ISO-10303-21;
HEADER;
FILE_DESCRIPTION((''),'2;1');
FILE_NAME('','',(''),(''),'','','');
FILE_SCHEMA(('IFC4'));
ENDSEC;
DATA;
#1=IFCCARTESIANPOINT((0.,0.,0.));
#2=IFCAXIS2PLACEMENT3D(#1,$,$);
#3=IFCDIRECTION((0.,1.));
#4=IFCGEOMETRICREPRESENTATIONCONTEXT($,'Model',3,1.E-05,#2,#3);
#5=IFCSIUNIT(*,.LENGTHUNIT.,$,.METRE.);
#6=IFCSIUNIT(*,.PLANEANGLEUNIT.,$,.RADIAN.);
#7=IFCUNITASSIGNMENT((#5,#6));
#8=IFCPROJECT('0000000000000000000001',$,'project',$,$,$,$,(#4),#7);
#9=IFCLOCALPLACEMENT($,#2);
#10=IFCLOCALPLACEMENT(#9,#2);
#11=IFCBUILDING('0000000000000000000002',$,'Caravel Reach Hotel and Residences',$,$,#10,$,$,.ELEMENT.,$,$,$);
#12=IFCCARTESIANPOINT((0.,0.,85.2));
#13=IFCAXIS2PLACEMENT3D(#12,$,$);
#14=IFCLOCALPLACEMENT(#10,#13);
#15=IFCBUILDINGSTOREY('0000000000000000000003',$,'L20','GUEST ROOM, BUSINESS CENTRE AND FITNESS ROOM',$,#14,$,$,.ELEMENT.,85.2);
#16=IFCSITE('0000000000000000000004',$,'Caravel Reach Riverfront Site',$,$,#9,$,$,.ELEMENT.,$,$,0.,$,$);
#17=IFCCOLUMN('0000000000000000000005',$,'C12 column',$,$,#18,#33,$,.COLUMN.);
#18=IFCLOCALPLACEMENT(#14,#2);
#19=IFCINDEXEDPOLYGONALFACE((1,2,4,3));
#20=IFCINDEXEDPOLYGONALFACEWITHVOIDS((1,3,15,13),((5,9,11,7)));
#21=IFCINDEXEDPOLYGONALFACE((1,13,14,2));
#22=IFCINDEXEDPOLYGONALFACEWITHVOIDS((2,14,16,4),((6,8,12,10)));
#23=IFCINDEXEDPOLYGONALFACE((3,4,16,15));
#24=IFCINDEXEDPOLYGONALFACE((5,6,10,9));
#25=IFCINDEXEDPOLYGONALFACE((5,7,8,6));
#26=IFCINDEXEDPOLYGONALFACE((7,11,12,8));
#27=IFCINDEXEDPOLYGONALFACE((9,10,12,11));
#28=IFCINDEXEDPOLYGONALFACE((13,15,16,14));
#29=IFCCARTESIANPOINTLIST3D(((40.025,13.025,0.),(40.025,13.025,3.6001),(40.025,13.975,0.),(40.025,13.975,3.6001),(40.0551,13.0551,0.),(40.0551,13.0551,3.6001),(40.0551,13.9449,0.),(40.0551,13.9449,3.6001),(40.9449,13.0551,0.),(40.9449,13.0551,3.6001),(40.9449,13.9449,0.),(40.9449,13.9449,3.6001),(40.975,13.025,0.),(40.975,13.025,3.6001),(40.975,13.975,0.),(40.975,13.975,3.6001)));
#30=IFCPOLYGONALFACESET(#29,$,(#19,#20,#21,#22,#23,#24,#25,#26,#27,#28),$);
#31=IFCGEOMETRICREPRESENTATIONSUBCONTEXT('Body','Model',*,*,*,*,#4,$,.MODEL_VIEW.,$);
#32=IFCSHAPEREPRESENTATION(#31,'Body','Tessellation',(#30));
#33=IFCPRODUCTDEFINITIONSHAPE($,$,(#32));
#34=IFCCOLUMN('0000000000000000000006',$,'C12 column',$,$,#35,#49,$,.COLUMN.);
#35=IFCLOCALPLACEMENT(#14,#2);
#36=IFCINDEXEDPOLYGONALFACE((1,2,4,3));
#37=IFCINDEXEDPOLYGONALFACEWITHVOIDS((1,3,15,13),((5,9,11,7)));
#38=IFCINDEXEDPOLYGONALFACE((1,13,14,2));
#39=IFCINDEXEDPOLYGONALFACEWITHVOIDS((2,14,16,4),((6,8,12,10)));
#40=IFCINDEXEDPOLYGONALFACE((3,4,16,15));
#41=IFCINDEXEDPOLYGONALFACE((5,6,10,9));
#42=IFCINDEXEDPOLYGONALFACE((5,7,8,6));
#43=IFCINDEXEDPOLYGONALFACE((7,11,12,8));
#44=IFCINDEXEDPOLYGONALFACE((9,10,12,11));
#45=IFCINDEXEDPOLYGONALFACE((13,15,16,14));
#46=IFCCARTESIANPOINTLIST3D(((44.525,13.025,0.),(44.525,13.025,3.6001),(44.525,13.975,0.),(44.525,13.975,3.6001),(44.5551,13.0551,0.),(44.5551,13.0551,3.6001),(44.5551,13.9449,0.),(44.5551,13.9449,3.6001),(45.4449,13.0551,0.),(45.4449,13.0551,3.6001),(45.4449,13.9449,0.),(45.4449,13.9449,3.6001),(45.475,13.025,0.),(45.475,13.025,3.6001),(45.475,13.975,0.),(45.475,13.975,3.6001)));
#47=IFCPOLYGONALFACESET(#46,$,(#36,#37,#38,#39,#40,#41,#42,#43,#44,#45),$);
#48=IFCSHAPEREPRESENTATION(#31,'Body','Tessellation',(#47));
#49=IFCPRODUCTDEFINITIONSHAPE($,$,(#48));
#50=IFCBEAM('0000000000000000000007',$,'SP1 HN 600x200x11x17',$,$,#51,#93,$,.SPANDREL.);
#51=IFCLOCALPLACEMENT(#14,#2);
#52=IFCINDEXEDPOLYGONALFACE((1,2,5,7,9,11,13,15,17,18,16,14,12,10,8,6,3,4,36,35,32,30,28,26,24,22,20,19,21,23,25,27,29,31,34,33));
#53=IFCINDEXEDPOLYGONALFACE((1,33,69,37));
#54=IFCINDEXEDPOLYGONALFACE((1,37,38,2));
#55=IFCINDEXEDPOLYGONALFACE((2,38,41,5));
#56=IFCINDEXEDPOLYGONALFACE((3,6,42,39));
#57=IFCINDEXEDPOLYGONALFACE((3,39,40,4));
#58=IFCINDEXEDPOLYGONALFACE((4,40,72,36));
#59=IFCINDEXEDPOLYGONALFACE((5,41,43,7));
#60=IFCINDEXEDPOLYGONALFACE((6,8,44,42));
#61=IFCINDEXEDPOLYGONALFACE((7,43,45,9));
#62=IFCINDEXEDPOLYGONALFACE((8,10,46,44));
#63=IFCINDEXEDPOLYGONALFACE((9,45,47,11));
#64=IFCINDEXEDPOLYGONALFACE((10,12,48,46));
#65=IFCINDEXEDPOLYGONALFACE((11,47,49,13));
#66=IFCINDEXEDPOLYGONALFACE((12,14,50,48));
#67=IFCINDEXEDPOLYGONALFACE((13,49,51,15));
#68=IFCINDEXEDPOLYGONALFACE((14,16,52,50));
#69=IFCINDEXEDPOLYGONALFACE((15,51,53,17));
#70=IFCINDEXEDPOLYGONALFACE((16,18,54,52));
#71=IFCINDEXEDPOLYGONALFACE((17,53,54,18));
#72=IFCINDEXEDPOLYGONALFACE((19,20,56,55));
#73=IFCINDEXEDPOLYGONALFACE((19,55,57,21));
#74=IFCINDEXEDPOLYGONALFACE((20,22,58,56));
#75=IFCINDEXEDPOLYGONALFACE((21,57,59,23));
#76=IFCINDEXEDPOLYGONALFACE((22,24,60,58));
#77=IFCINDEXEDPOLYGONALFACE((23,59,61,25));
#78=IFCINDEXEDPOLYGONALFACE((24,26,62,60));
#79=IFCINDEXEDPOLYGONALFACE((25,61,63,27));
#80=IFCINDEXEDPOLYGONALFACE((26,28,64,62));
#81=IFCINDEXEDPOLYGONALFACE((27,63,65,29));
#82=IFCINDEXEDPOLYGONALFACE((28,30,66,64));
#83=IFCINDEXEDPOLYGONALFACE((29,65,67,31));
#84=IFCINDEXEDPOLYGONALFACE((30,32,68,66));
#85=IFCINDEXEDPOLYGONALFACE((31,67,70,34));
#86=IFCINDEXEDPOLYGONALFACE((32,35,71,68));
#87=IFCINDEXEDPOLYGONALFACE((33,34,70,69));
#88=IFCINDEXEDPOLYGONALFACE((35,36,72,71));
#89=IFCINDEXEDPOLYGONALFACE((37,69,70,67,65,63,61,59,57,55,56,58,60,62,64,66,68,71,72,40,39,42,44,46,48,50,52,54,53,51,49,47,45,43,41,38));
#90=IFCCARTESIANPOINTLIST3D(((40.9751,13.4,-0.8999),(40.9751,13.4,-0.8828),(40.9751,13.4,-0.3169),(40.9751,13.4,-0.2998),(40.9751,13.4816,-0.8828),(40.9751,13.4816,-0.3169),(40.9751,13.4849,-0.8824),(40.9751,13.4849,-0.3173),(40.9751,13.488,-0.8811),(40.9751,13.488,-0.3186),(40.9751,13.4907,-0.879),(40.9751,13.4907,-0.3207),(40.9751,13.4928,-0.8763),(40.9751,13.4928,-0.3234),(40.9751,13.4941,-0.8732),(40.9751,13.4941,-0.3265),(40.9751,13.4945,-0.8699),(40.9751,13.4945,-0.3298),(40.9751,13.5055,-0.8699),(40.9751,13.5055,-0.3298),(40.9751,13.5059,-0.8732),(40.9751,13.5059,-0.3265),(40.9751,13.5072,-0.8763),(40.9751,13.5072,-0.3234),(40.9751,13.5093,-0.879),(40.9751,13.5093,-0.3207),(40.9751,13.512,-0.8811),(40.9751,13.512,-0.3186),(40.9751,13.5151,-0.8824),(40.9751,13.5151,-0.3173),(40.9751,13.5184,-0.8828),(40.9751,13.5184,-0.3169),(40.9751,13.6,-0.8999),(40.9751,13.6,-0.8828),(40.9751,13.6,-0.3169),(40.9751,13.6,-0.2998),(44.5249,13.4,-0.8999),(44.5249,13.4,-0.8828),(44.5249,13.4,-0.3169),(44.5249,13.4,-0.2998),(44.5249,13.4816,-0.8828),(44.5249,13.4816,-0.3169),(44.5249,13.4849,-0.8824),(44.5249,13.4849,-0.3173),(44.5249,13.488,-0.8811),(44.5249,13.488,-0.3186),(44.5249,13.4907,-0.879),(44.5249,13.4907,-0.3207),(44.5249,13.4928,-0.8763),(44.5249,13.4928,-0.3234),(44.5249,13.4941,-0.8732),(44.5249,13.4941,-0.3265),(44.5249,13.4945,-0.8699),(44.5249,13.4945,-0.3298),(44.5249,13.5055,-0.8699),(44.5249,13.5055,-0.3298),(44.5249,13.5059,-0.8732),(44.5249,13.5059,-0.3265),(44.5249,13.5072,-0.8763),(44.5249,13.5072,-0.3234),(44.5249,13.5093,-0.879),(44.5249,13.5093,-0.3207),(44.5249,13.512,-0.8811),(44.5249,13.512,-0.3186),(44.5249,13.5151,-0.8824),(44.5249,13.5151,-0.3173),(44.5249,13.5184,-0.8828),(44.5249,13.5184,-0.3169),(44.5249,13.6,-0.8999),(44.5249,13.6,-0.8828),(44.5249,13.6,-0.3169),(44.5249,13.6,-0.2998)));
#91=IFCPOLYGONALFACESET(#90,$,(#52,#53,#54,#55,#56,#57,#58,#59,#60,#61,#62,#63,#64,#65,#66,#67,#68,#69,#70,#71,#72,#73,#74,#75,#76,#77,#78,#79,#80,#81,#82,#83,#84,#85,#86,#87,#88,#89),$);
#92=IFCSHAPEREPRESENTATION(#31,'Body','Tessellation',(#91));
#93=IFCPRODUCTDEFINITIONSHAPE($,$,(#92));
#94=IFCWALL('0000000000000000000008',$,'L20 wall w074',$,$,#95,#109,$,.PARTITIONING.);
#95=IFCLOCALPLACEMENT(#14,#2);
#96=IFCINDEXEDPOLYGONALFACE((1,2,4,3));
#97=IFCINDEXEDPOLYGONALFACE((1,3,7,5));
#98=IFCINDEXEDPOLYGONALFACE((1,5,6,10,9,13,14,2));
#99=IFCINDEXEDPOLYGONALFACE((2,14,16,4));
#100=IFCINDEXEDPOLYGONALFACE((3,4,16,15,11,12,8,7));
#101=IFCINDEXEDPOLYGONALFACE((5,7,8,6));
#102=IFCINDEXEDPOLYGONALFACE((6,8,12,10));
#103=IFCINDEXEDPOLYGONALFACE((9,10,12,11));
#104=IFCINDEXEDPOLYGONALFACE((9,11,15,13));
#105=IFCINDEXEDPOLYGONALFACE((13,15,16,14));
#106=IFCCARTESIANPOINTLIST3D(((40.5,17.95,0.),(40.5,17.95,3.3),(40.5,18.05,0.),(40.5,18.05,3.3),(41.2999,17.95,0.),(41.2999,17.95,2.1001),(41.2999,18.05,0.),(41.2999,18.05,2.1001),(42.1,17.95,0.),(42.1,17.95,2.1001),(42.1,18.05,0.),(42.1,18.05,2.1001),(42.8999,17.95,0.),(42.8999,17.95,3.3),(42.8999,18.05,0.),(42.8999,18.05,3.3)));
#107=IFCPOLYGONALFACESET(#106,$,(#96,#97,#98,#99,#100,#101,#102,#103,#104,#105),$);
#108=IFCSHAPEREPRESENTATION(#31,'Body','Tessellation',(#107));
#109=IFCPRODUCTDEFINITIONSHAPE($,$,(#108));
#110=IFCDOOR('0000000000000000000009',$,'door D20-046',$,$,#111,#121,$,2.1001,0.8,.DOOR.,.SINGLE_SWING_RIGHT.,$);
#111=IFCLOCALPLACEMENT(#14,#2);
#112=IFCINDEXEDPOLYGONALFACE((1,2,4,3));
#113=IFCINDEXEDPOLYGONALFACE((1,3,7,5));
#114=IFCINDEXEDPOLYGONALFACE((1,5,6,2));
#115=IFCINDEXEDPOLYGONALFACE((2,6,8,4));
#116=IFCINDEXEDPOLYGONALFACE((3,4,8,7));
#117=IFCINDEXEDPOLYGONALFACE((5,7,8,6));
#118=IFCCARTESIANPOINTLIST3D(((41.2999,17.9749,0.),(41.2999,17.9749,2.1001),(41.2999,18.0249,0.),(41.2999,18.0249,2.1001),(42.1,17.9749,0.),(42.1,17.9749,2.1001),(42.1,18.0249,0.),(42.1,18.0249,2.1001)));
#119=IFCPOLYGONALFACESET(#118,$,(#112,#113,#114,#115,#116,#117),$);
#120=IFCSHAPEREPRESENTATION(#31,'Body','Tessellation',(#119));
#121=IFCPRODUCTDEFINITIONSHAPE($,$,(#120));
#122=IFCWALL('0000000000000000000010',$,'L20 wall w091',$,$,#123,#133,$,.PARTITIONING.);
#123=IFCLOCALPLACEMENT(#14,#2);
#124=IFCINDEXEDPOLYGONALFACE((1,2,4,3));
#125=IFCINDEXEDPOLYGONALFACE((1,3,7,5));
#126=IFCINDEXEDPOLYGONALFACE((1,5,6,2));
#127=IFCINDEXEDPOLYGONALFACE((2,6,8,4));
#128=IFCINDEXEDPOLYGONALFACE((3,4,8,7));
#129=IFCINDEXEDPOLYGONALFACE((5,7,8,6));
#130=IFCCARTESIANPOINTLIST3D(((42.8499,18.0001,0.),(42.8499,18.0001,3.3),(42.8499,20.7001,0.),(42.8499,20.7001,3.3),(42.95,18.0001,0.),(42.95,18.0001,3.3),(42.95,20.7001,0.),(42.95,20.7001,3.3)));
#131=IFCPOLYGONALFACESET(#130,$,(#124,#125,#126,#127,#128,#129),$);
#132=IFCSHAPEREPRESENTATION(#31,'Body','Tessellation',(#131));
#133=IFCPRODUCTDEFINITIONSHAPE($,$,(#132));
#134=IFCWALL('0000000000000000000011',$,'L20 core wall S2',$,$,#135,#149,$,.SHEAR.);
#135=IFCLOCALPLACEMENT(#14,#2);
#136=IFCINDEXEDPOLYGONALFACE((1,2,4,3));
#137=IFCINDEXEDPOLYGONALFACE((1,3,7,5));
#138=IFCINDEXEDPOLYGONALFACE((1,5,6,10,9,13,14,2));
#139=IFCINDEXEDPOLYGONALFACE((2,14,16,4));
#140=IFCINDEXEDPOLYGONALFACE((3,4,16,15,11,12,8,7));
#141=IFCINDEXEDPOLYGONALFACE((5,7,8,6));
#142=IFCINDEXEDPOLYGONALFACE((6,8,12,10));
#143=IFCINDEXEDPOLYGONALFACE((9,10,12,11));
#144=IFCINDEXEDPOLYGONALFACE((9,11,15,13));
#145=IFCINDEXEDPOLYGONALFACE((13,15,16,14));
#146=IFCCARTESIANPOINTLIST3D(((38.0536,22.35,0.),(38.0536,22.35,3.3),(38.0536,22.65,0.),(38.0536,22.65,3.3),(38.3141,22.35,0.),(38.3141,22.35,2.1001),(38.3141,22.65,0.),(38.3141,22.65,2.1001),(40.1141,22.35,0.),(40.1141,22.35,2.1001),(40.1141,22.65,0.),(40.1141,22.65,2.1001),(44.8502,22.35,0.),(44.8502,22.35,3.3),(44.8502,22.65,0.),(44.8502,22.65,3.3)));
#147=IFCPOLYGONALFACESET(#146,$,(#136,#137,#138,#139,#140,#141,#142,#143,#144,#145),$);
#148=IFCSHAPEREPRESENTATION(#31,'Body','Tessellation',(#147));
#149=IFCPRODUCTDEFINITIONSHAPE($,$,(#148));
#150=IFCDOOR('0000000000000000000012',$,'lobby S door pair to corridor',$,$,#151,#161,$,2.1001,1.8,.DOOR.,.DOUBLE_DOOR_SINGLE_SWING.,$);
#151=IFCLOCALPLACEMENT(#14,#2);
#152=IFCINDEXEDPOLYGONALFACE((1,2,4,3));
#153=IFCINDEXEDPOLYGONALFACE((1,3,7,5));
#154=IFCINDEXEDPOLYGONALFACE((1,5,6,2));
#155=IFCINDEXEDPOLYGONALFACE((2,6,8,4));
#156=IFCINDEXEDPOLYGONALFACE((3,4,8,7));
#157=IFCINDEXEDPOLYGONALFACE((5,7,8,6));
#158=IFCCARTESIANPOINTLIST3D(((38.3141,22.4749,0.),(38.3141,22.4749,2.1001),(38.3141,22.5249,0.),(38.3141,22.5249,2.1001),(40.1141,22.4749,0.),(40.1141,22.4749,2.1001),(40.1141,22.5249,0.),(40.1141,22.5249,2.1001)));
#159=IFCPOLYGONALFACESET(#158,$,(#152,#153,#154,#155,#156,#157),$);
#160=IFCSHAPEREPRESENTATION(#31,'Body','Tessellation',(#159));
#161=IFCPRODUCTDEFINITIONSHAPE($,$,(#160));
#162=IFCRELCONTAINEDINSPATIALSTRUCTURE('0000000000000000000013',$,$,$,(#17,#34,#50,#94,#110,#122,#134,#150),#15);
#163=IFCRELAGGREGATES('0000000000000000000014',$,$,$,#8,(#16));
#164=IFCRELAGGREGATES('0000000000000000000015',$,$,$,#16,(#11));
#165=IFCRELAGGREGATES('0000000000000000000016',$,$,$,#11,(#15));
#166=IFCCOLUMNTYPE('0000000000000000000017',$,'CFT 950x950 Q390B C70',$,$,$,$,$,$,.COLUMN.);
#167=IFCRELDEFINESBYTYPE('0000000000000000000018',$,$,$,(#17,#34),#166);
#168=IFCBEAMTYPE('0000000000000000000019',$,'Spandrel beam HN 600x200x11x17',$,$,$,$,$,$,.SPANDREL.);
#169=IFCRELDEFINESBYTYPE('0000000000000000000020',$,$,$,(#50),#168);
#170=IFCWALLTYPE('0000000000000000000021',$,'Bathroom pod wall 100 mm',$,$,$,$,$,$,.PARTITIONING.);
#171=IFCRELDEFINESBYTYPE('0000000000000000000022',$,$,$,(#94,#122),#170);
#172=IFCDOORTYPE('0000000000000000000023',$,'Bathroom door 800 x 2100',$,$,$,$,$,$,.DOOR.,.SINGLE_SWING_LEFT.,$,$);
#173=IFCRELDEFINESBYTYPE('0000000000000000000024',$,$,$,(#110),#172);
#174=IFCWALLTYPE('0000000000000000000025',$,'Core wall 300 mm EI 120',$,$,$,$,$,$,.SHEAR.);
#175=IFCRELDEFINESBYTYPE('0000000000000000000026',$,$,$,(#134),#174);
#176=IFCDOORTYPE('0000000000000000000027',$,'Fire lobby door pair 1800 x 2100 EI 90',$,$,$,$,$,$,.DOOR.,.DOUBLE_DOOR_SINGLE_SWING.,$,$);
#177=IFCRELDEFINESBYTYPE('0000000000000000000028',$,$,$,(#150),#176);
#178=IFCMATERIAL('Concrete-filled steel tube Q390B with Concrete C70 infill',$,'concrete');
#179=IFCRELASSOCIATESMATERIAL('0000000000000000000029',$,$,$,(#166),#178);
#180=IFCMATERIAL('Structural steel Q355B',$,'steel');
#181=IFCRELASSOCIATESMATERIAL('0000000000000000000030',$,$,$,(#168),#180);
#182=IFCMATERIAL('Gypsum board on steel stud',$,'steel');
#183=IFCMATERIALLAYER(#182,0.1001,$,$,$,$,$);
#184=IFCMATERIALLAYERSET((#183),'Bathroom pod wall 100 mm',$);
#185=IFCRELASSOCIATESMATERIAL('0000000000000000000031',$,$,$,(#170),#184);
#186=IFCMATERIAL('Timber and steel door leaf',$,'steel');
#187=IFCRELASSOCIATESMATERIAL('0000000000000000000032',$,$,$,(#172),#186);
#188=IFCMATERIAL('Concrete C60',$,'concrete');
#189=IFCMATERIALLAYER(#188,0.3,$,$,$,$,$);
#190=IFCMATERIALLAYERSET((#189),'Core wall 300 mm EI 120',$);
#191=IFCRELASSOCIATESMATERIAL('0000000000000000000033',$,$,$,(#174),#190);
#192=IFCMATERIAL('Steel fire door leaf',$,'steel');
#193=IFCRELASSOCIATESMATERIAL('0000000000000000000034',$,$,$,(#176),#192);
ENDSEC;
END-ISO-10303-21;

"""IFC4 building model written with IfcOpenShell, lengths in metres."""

from ifc_helpers import new_model, si_unit, direction, frame, frame_2d, origin, origin_2d, place, context, subcontext, project, spatial, rectangle, hollow_rectangle, i_section, extrude, material, layer, layer_set, material_profile, profile_set, type_object, element, fill, save


model = new_model("IFC4")

# Units and contexts
model_context = context("Model", 3, precision=1e-05, world=origin(), true_north=direction((0.0, 1.0)))
body_context = subcontext(model_context, "Body", "Model", "MODEL_VIEW")
ifc_project = project(units=[si_unit("LENGTHUNIT", "METRE"), si_unit("PLANEANGLEUNIT", "RADIAN")], contexts=[model_context])

# Site, building, storey
site_placement = place(None, origin())
site = spatial("IfcSite", under=ifc_project, at=site_placement, Name="Caravel Reach Riverfront Site", CompositionType="ELEMENT", RefElevation=0.0)
building_placement = place(site_placement, origin())
building = spatial("IfcBuilding", under=site, at=building_placement, Name="Caravel Reach Hotel and Residences", CompositionType="ELEMENT")
storey_placement = place(building_placement, frame((0.0, 0.0, 85.2)))
storey = spatial("IfcBuildingStorey", under=building, at=storey_placement, Name="L20", Description="GUEST ROOM, BUSINESS CENTRE AND FITNESS ROOM", CompositionType="ELEMENT", Elevation=85.2)

# Columns
ifc_material_1 = material(Name="Concrete-filled steel tube Q390B with Concrete C70 infill", Category="concrete")
ifc_material_profile_1 = material_profile(ifc_material_1, hollow_rectangle(XDim=0.95, YDim=0.95, WallThickness=0.03, at=origin_2d()), Name="RHS 950x950x30")
ifc_profile_set_1 = profile_set([ifc_material_profile_1], Name="Concrete-filled steel tube Q390B with Concrete C70 infill")
column_type = type_object("IfcColumnType", Name="CFT 950x950 Q390B C70", PredefinedType="COLUMN", material=ifc_profile_set_1)
for number, where, z_axis, x_axis, name in (
    (1, (40.5, 13.5, 0.0), (0.0, 0.0, 1.0), (1.0, 0.0, 0.0), "C12 column"),
    (2, (45.0, 13.5, 0.0), (0.0, 0.0, 1.0), (1.0, 0.0, 0.0), "C12 column"),
):
    element("IfcColumn", number, at=place(storey_placement, frame(where, z_axis=z_axis, x_axis=x_axis)), inside=storey, type_object=column_type, Name=name, PredefinedType="COLUMN", context=body_context, shape_type="SweptSolid", body=[
        extrude(hollow_rectangle(XDim=0.95, YDim=0.95, WallThickness=0.03, at=origin_2d()), origin(), (0.0, 0.0, 1.0), 3.6001),
    ])

# Beam
ifc_material_2 = material(Name="Structural steel Q355B", Category="steel")
ifc_material_profile_2 = material_profile(ifc_material_2, i_section(OverallWidth=0.2, OverallDepth=0.6001, WebThickness=0.011, FlangeThickness=0.0171, FilletRadius=0.0129, at=origin_2d()), Name="HN 600x200x11x17")
ifc_profile_set_2 = profile_set([ifc_material_profile_2], Name="Structural steel Q355B")
beam_type = type_object("IfcBeamType", Name="Spandrel beam HN 600x200x11x17", PredefinedType="SPANDREL", material=ifc_profile_set_2)
beam_placement = place(storey_placement, frame((40.9751, 13.5, -0.5999), z_axis=(1.0, 0.0, 0.0), x_axis=(0.0, 1.0, 0.0)))
element("IfcBeam", 3, at=beam_placement, inside=storey, type_object=beam_type, Name="SP1 HN 600x200x11x17", PredefinedType="SPANDREL", context=body_context, shape_type="SweptSolid", body=[
    extrude(i_section(OverallWidth=0.2, OverallDepth=0.6001, WebThickness=0.011, FlangeThickness=0.0171, FilletRadius=0.0129, at=origin_2d()), origin(), (0.0, 0.0, 1.0), 3.5498),
])

# Wall, opening, door
ifc_material_3 = material(Name="Gypsum board on steel stud", Category="steel")
ifc_layer_1 = layer(ifc_material_3, 0.1001)
ifc_layer_set_1 = layer_set([ifc_layer_1], Name="Bathroom pod wall 100 mm")
wall_type_1 = type_object("IfcWallType", Name="Bathroom pod wall 100 mm", PredefinedType="PARTITIONING", material=ifc_layer_set_1)
wall_1_placement = place(storey_placement, frame((40.5, 18.0, 0.0), z_axis=(0.0, 0.0, 1.0), x_axis=(1.0, 0.0, 0.0)))
wall_1 = element("IfcWall", 4, at=wall_1_placement, inside=storey, type_object=wall_type_1, Name="L20 wall w074", PredefinedType="PARTITIONING", context=body_context, shape_type="SweptSolid", body=[
    extrude(rectangle(XDim=2.3999, YDim=0.1001, at=frame_2d((1.2, 0.0))), origin(), (0.0, 0.0, 1.0), 3.3),
])
opening_1_placement = place(wall_1_placement, frame((0.8, 0.0, 0.0)))
opening_1 = element("IfcOpeningElement", 5, at=opening_1_placement, cuts=wall_1, PredefinedType="OPENING", context=body_context, shape_type="SweptSolid", body=[
    extrude(rectangle(XDim=0.8, YDim=2.1001, at=frame_2d((0.3999, 1.05))), frame((0.0, 0.0601, 0.0), z_axis=(0.0, -1.0, 0.0), x_axis=(1.0, 0.0, 0.0)), (0.0, 0.0, 1.0), 0.1201),
])
ifc_material_4 = material(Name="Timber and steel door leaf", Category="steel")
door_type_1 = type_object("IfcDoorType", Name="Bathroom door 800 x 2100", OperationType="SINGLE_SWING_LEFT", PredefinedType="DOOR", material=ifc_material_4)
door_1_placement = place(opening_1_placement, origin())
door_1 = element("IfcDoor", 6, at=door_1_placement, inside=storey, type_object=door_type_1, Name="door D20-046", OperationType="SINGLE_SWING_RIGHT", OverallHeight=2.1001, OverallWidth=0.8, PredefinedType="DOOR", context=body_context, shape_type="SweptSolid", body=[
    extrude(rectangle(XDim=0.8, YDim=2.1001, at=frame_2d((0.3999, 1.05))), frame((0.0, 0.0249, 0.0), z_axis=(0.0, -1.0, 0.0), x_axis=(1.0, 0.0, 0.0)), (0.0, 0.0, 1.0), 0.05),
])
fill(opening_1, door_1)

# Wall
wall_2_placement = place(storey_placement, frame((42.8999, 18.0, 0.0), z_axis=(0.0, 0.0, 1.0), x_axis=(0.0, 1.0, 0.0)))
element("IfcWall", 7, at=wall_2_placement, inside=storey, type_object=wall_type_1, Name="L20 wall w091", PredefinedType="PARTITIONING", context=body_context, shape_type="SweptSolid", body=[
    extrude(rectangle(XDim=2.7, YDim=0.1001, at=frame_2d((1.3501, 0.0))), origin(), (0.0, 0.0, 1.0), 3.3),
])

# Wall, opening, door
ifc_material_5 = material(Name="Concrete C60", Category="concrete")
ifc_layer_2 = layer(ifc_material_5, 0.3)
ifc_layer_set_2 = layer_set([ifc_layer_2], Name="Core wall 300 mm EI 120")
wall_type_2 = type_object("IfcWallType", Name="Core wall 300 mm EI 120", PredefinedType="SHEAR", material=ifc_layer_set_2)
wall_3_placement = place(storey_placement, frame((38.0535, 22.5, 0.0), z_axis=(0.0, 0.0, 1.0), x_axis=(1.0, 0.0, 0.0)))
wall_3 = element("IfcWall", 8, at=wall_3_placement, inside=storey, type_object=wall_type_2, Name="L20 core wall S2", PredefinedType="SHEAR", context=body_context, shape_type="SweptSolid", body=[
    extrude(rectangle(XDim=6.7966, YDim=0.3, at=frame_2d((3.3984, 0.0))), origin(), (0.0, 0.0, 1.0), 3.3),
])
opening_2_placement = place(wall_3_placement, frame((0.2607, 0.0, 0.0)))
opening_2 = element("IfcOpeningElement", 9, at=opening_2_placement, cuts=wall_3, PredefinedType="OPENING", context=body_context, shape_type="SweptSolid", body=[
    extrude(rectangle(XDim=1.8, YDim=2.1001, at=frame_2d((0.8999, 1.05))), frame((0.0, 0.1599, 0.0), z_axis=(0.0, -1.0, 0.0), x_axis=(1.0, 0.0, 0.0)), (0.0, 0.0, 1.0), 0.3201),
])
ifc_material_6 = material(Name="Steel fire door leaf", Category="steel")
door_type_2 = type_object("IfcDoorType", Name="Fire lobby door pair 1800 x 2100 EI 90", OperationType="DOUBLE_DOOR_SINGLE_SWING", PredefinedType="DOOR", material=ifc_material_6)
door_2_placement = place(opening_2_placement, origin())
door_2 = element("IfcDoor", 10, at=door_2_placement, inside=storey, type_object=door_type_2, Name="lobby S door pair to corridor", OperationType="DOUBLE_DOOR_SINGLE_SWING", OverallHeight=2.1001, OverallWidth=1.8, PredefinedType="DOOR", context=body_context, shape_type="SweptSolid", body=[
    extrude(rectangle(XDim=1.8, YDim=2.1001, at=frame_2d((0.8999, 1.05))), frame((0.0, 0.0249, 0.0), z_axis=(0.0, -1.0, 0.0), x_axis=(1.0, 0.0, 0.0)), (0.0, 0.0, 1.0), 0.05),
])
fill(opening_2, door_2)

save(model, "model.ifc")
